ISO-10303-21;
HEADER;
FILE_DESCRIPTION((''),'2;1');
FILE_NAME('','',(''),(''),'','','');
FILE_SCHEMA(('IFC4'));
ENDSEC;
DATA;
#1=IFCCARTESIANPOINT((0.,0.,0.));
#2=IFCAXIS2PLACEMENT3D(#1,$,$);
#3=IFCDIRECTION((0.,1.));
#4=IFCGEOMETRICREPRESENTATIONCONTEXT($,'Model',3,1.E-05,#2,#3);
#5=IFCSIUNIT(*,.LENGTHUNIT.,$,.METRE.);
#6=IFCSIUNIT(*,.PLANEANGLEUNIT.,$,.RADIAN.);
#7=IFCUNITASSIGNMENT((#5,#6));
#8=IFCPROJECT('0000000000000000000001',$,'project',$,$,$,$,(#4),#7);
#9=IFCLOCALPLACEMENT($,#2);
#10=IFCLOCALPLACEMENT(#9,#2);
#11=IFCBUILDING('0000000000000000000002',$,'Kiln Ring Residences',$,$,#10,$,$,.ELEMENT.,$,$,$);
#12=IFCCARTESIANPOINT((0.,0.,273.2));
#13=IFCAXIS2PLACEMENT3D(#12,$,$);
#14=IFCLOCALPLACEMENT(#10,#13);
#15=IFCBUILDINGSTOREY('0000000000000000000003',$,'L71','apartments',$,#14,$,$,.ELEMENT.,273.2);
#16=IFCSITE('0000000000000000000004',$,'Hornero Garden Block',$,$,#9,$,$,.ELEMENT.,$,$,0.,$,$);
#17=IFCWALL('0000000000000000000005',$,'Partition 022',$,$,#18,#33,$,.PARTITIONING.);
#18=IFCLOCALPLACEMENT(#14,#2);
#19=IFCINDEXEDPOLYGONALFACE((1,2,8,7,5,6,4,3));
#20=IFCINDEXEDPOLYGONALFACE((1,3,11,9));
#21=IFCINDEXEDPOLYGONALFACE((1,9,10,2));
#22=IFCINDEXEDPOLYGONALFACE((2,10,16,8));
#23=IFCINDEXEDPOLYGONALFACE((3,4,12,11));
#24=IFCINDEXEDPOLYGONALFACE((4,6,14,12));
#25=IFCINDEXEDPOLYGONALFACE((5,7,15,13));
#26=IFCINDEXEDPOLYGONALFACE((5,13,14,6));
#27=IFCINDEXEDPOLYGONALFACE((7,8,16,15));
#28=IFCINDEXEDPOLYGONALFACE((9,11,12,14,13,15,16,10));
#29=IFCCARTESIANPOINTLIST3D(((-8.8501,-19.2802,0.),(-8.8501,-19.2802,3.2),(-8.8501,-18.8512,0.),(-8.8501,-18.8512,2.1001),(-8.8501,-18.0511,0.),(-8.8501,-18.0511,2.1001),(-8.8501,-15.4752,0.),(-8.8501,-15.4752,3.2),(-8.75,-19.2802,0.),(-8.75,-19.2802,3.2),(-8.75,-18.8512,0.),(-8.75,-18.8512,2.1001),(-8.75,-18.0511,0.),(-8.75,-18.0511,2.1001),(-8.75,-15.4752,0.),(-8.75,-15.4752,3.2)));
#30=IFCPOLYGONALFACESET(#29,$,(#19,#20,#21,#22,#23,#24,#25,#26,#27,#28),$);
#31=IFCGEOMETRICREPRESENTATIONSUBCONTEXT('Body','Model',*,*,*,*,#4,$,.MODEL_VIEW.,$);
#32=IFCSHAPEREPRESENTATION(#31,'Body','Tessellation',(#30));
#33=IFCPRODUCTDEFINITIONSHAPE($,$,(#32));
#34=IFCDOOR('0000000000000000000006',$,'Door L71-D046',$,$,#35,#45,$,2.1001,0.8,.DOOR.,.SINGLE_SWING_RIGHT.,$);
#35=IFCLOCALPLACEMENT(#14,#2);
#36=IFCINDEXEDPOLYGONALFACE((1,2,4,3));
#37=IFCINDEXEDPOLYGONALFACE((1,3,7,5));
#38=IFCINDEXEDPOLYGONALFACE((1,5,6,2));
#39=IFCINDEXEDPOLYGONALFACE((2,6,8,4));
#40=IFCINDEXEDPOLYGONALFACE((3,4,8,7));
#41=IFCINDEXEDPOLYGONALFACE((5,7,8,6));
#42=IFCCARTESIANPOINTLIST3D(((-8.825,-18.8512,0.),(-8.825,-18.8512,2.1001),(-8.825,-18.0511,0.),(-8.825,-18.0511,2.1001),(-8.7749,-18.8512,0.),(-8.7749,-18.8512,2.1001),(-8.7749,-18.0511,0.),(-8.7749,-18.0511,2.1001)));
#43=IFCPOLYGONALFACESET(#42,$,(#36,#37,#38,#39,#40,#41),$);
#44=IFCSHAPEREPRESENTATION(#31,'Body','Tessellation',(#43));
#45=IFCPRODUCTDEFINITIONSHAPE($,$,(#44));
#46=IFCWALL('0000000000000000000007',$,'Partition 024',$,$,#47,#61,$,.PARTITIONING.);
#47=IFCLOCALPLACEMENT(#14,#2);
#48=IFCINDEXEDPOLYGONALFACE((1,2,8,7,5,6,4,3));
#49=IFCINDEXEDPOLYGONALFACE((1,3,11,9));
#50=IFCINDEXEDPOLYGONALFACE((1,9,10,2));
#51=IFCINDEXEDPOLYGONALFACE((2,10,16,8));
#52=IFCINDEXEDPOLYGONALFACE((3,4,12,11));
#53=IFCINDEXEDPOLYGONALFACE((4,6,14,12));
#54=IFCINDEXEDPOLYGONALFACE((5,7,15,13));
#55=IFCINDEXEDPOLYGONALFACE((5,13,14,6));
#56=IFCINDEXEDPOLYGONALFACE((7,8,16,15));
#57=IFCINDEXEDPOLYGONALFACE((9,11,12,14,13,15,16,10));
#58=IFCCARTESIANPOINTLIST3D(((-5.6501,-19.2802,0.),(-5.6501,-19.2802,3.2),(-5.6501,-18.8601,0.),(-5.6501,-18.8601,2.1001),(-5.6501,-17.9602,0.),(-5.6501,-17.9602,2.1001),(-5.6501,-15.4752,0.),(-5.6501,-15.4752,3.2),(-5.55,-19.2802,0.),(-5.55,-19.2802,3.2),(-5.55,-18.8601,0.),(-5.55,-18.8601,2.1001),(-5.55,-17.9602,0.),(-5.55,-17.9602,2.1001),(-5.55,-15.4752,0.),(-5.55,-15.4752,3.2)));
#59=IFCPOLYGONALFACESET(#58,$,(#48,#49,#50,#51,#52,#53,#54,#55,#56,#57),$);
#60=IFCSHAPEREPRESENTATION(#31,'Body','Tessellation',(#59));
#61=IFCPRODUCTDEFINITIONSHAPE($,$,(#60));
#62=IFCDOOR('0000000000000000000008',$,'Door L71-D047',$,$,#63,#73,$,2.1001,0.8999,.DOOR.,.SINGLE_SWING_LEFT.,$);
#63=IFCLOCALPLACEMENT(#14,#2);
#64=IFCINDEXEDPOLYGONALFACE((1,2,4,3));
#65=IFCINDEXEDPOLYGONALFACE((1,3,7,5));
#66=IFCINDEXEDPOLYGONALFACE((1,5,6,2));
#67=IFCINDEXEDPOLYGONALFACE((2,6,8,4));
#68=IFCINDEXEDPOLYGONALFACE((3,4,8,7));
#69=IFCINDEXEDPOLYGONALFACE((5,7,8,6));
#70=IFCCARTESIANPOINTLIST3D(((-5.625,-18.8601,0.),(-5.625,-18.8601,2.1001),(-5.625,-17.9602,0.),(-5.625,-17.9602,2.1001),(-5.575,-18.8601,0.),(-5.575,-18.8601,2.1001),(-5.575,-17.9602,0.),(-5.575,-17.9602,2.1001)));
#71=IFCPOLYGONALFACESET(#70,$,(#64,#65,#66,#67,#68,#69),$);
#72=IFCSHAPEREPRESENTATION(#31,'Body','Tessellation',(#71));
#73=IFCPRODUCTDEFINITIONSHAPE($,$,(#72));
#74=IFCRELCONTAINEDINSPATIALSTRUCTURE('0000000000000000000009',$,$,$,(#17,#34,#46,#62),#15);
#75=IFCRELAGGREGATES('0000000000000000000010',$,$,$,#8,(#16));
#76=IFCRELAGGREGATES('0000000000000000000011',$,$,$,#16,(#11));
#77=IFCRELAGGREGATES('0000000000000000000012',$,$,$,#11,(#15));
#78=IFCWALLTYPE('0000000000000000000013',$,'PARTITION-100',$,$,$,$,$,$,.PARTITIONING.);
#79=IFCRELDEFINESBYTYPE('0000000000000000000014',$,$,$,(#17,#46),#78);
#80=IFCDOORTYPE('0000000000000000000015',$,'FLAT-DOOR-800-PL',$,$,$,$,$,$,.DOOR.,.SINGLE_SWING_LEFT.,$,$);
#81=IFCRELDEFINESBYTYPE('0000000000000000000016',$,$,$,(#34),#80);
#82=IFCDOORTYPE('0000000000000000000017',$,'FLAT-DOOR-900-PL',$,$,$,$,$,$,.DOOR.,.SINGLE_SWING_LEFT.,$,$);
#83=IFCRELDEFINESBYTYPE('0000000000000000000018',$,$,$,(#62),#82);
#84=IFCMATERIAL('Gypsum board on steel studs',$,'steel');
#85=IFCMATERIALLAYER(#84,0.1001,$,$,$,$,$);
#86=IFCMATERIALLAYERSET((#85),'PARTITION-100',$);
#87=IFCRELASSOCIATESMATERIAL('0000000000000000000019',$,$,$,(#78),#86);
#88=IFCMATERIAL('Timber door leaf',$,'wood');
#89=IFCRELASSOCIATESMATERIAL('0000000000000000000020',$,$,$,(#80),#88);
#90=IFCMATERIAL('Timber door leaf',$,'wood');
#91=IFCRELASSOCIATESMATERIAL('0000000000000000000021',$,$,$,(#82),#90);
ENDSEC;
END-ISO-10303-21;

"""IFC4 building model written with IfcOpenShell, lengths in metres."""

from ifc_helpers import new_model, si_unit, direction, frame, frame_2d, origin, place, context, subcontext, project, spatial, rectangle, extrude, material, layer, layer_set, type_object, element, fill, save


model = new_model("IFC4")

# Units and contexts
model_context = context("Model", 3, precision=1e-05, world=origin(), true_north=direction((0.0, 1.0)))
body_context = subcontext(model_context, "Body", "Model", "MODEL_VIEW")
ifc_project = project(units=[si_unit("LENGTHUNIT", "METRE"), si_unit("PLANEANGLEUNIT", "RADIAN")], contexts=[model_context])

# Site, building, storey
site_placement = place(None, origin())
site = spatial("IfcSite", under=ifc_project, at=site_placement, Name="Hornero Garden Block", CompositionType="ELEMENT", RefElevation=0.0)
building_placement = place(site_placement, origin())
building = spatial("IfcBuilding", under=site, at=building_placement, Name="Kiln Ring Residences", CompositionType="ELEMENT")
storey_placement = place(building_placement, frame((0.0, 0.0, 273.2)))
storey = spatial("IfcBuildingStorey", under=building, at=storey_placement, Name="L71", Description="apartments", CompositionType="ELEMENT", Elevation=273.2)

# Walls, openings, doors
ifc_material_1 = material(Name="Gypsum board on steel studs", Category="steel")
ifc_layer_1 = layer(ifc_material_1, 0.1001)
ifc_layer_set_1 = layer_set([ifc_layer_1], Name="PARTITION-100")
wall_type_1 = type_object("IfcWallType", Name="PARTITION-100", PredefinedType="PARTITIONING", material=ifc_layer_set_1)
wall_1_placement = place(storey_placement, frame((-8.8, -19.28, 0.0), z_axis=(0.0, 0.0, 1.0), x_axis=(0.0, 1.0, 0.0)))
wall_1 = element("IfcWall", 1, at=wall_1_placement, inside=storey, type_object=wall_type_1, Name="Partition 022", PredefinedType="PARTITIONING", context=body_context, shape_type="SweptSolid", body=[
    extrude(rectangle(XDim=3.8049, YDim=0.1001, at=frame_2d((1.9023, 0.0))), origin(), (0.0, 0.0, 1.0), 3.2),
])
opening_1_placement = place(wall_1_placement, frame((0.429, 0.0, 0.0)))
opening_1 = element("IfcOpeningElement", 2, at=opening_1_placement, cuts=wall_1, PredefinedType="OPENING", context=body_context, shape_type="SweptSolid", body=[
    extrude(rectangle(XDim=0.8, YDim=2.1001, at=frame_2d((0.3999, 1.05))), frame((0.0, 0.0601, 0.0), z_axis=(0.0, -1.0, 0.0), x_axis=(1.0, 0.0, 0.0)), (0.0, 0.0, 1.0), 0.1201),
])
ifc_material_2 = material(Name="Timber door leaf", Category="wood")
door_type_1 = type_object("IfcDoorType", Name="FLAT-DOOR-800-PL", OperationType="SINGLE_SWING_LEFT", PredefinedType="DOOR", material=ifc_material_2)
door_1_placement = place(opening_1_placement, origin())
door_1 = element("IfcDoor", 3, at=door_1_placement, inside=storey, type_object=door_type_1, Name="Door L71-D046", OperationType="SINGLE_SWING_RIGHT", OverallHeight=2.1001, OverallWidth=0.8, PredefinedType="DOOR", context=body_context, shape_type="SweptSolid", body=[
    extrude(rectangle(XDim=0.8, YDim=2.1001, at=frame_2d((0.3999, 1.05))), frame((0.0, 0.0249, 0.0), z_axis=(0.0, -1.0, 0.0), x_axis=(1.0, 0.0, 0.0)), (0.0, 0.0, 1.0), 0.05),
])
fill(opening_1, door_1)
wall_2_placement = place(storey_placement, frame((-5.6001, -19.28, 0.0), z_axis=(0.0, 0.0, 1.0), x_axis=(0.0, 1.0, 0.0)))
wall_2 = element("IfcWall", 4, at=wall_2_placement, inside=storey, type_object=wall_type_1, Name="Partition 024", PredefinedType="PARTITIONING", context=body_context, shape_type="SweptSolid", body=[
    extrude(rectangle(XDim=3.8049, YDim=0.1001, at=frame_2d((1.9023, 0.0))), origin(), (0.0, 0.0, 1.0), 3.2),
])
opening_2_placement = place(wall_2_placement, frame((0.4199, 0.0, 0.0)))
opening_2 = element("IfcOpeningElement", 5, at=opening_2_placement, cuts=wall_2, PredefinedType="OPENING", context=body_context, shape_type="SweptSolid", body=[
    extrude(rectangle(XDim=0.8999, YDim=2.1001, at=frame_2d((0.45, 1.05))), frame((0.0, 0.0601, 0.0), z_axis=(0.0, -1.0, 0.0), x_axis=(1.0, 0.0, 0.0)), (0.0, 0.0, 1.0), 0.1201),
])
ifc_material_3 = material(Name="Timber door leaf", Category="wood")
door_type_2 = type_object("IfcDoorType", Name="FLAT-DOOR-900-PL", OperationType="SINGLE_SWING_LEFT", PredefinedType="DOOR", material=ifc_material_3)
door_2_placement = place(opening_2_placement, origin())
door_2 = element("IfcDoor", 6, at=door_2_placement, inside=storey, type_object=door_type_2, Name="Door L71-D047", OperationType="SINGLE_SWING_LEFT", OverallHeight=2.1001, OverallWidth=0.8999, PredefinedType="DOOR", context=body_context, shape_type="SweptSolid", body=[
    extrude(rectangle(XDim=0.8999, YDim=2.1001, at=frame_2d((0.45, 1.05))), frame((0.0, 0.0249, 0.0), z_axis=(0.0, -1.0, 0.0), x_axis=(1.0, 0.0, 0.0)), (0.0, 0.0, 1.0), 0.05),
])
fill(opening_2, door_2)

save(model, "model.ifc")
